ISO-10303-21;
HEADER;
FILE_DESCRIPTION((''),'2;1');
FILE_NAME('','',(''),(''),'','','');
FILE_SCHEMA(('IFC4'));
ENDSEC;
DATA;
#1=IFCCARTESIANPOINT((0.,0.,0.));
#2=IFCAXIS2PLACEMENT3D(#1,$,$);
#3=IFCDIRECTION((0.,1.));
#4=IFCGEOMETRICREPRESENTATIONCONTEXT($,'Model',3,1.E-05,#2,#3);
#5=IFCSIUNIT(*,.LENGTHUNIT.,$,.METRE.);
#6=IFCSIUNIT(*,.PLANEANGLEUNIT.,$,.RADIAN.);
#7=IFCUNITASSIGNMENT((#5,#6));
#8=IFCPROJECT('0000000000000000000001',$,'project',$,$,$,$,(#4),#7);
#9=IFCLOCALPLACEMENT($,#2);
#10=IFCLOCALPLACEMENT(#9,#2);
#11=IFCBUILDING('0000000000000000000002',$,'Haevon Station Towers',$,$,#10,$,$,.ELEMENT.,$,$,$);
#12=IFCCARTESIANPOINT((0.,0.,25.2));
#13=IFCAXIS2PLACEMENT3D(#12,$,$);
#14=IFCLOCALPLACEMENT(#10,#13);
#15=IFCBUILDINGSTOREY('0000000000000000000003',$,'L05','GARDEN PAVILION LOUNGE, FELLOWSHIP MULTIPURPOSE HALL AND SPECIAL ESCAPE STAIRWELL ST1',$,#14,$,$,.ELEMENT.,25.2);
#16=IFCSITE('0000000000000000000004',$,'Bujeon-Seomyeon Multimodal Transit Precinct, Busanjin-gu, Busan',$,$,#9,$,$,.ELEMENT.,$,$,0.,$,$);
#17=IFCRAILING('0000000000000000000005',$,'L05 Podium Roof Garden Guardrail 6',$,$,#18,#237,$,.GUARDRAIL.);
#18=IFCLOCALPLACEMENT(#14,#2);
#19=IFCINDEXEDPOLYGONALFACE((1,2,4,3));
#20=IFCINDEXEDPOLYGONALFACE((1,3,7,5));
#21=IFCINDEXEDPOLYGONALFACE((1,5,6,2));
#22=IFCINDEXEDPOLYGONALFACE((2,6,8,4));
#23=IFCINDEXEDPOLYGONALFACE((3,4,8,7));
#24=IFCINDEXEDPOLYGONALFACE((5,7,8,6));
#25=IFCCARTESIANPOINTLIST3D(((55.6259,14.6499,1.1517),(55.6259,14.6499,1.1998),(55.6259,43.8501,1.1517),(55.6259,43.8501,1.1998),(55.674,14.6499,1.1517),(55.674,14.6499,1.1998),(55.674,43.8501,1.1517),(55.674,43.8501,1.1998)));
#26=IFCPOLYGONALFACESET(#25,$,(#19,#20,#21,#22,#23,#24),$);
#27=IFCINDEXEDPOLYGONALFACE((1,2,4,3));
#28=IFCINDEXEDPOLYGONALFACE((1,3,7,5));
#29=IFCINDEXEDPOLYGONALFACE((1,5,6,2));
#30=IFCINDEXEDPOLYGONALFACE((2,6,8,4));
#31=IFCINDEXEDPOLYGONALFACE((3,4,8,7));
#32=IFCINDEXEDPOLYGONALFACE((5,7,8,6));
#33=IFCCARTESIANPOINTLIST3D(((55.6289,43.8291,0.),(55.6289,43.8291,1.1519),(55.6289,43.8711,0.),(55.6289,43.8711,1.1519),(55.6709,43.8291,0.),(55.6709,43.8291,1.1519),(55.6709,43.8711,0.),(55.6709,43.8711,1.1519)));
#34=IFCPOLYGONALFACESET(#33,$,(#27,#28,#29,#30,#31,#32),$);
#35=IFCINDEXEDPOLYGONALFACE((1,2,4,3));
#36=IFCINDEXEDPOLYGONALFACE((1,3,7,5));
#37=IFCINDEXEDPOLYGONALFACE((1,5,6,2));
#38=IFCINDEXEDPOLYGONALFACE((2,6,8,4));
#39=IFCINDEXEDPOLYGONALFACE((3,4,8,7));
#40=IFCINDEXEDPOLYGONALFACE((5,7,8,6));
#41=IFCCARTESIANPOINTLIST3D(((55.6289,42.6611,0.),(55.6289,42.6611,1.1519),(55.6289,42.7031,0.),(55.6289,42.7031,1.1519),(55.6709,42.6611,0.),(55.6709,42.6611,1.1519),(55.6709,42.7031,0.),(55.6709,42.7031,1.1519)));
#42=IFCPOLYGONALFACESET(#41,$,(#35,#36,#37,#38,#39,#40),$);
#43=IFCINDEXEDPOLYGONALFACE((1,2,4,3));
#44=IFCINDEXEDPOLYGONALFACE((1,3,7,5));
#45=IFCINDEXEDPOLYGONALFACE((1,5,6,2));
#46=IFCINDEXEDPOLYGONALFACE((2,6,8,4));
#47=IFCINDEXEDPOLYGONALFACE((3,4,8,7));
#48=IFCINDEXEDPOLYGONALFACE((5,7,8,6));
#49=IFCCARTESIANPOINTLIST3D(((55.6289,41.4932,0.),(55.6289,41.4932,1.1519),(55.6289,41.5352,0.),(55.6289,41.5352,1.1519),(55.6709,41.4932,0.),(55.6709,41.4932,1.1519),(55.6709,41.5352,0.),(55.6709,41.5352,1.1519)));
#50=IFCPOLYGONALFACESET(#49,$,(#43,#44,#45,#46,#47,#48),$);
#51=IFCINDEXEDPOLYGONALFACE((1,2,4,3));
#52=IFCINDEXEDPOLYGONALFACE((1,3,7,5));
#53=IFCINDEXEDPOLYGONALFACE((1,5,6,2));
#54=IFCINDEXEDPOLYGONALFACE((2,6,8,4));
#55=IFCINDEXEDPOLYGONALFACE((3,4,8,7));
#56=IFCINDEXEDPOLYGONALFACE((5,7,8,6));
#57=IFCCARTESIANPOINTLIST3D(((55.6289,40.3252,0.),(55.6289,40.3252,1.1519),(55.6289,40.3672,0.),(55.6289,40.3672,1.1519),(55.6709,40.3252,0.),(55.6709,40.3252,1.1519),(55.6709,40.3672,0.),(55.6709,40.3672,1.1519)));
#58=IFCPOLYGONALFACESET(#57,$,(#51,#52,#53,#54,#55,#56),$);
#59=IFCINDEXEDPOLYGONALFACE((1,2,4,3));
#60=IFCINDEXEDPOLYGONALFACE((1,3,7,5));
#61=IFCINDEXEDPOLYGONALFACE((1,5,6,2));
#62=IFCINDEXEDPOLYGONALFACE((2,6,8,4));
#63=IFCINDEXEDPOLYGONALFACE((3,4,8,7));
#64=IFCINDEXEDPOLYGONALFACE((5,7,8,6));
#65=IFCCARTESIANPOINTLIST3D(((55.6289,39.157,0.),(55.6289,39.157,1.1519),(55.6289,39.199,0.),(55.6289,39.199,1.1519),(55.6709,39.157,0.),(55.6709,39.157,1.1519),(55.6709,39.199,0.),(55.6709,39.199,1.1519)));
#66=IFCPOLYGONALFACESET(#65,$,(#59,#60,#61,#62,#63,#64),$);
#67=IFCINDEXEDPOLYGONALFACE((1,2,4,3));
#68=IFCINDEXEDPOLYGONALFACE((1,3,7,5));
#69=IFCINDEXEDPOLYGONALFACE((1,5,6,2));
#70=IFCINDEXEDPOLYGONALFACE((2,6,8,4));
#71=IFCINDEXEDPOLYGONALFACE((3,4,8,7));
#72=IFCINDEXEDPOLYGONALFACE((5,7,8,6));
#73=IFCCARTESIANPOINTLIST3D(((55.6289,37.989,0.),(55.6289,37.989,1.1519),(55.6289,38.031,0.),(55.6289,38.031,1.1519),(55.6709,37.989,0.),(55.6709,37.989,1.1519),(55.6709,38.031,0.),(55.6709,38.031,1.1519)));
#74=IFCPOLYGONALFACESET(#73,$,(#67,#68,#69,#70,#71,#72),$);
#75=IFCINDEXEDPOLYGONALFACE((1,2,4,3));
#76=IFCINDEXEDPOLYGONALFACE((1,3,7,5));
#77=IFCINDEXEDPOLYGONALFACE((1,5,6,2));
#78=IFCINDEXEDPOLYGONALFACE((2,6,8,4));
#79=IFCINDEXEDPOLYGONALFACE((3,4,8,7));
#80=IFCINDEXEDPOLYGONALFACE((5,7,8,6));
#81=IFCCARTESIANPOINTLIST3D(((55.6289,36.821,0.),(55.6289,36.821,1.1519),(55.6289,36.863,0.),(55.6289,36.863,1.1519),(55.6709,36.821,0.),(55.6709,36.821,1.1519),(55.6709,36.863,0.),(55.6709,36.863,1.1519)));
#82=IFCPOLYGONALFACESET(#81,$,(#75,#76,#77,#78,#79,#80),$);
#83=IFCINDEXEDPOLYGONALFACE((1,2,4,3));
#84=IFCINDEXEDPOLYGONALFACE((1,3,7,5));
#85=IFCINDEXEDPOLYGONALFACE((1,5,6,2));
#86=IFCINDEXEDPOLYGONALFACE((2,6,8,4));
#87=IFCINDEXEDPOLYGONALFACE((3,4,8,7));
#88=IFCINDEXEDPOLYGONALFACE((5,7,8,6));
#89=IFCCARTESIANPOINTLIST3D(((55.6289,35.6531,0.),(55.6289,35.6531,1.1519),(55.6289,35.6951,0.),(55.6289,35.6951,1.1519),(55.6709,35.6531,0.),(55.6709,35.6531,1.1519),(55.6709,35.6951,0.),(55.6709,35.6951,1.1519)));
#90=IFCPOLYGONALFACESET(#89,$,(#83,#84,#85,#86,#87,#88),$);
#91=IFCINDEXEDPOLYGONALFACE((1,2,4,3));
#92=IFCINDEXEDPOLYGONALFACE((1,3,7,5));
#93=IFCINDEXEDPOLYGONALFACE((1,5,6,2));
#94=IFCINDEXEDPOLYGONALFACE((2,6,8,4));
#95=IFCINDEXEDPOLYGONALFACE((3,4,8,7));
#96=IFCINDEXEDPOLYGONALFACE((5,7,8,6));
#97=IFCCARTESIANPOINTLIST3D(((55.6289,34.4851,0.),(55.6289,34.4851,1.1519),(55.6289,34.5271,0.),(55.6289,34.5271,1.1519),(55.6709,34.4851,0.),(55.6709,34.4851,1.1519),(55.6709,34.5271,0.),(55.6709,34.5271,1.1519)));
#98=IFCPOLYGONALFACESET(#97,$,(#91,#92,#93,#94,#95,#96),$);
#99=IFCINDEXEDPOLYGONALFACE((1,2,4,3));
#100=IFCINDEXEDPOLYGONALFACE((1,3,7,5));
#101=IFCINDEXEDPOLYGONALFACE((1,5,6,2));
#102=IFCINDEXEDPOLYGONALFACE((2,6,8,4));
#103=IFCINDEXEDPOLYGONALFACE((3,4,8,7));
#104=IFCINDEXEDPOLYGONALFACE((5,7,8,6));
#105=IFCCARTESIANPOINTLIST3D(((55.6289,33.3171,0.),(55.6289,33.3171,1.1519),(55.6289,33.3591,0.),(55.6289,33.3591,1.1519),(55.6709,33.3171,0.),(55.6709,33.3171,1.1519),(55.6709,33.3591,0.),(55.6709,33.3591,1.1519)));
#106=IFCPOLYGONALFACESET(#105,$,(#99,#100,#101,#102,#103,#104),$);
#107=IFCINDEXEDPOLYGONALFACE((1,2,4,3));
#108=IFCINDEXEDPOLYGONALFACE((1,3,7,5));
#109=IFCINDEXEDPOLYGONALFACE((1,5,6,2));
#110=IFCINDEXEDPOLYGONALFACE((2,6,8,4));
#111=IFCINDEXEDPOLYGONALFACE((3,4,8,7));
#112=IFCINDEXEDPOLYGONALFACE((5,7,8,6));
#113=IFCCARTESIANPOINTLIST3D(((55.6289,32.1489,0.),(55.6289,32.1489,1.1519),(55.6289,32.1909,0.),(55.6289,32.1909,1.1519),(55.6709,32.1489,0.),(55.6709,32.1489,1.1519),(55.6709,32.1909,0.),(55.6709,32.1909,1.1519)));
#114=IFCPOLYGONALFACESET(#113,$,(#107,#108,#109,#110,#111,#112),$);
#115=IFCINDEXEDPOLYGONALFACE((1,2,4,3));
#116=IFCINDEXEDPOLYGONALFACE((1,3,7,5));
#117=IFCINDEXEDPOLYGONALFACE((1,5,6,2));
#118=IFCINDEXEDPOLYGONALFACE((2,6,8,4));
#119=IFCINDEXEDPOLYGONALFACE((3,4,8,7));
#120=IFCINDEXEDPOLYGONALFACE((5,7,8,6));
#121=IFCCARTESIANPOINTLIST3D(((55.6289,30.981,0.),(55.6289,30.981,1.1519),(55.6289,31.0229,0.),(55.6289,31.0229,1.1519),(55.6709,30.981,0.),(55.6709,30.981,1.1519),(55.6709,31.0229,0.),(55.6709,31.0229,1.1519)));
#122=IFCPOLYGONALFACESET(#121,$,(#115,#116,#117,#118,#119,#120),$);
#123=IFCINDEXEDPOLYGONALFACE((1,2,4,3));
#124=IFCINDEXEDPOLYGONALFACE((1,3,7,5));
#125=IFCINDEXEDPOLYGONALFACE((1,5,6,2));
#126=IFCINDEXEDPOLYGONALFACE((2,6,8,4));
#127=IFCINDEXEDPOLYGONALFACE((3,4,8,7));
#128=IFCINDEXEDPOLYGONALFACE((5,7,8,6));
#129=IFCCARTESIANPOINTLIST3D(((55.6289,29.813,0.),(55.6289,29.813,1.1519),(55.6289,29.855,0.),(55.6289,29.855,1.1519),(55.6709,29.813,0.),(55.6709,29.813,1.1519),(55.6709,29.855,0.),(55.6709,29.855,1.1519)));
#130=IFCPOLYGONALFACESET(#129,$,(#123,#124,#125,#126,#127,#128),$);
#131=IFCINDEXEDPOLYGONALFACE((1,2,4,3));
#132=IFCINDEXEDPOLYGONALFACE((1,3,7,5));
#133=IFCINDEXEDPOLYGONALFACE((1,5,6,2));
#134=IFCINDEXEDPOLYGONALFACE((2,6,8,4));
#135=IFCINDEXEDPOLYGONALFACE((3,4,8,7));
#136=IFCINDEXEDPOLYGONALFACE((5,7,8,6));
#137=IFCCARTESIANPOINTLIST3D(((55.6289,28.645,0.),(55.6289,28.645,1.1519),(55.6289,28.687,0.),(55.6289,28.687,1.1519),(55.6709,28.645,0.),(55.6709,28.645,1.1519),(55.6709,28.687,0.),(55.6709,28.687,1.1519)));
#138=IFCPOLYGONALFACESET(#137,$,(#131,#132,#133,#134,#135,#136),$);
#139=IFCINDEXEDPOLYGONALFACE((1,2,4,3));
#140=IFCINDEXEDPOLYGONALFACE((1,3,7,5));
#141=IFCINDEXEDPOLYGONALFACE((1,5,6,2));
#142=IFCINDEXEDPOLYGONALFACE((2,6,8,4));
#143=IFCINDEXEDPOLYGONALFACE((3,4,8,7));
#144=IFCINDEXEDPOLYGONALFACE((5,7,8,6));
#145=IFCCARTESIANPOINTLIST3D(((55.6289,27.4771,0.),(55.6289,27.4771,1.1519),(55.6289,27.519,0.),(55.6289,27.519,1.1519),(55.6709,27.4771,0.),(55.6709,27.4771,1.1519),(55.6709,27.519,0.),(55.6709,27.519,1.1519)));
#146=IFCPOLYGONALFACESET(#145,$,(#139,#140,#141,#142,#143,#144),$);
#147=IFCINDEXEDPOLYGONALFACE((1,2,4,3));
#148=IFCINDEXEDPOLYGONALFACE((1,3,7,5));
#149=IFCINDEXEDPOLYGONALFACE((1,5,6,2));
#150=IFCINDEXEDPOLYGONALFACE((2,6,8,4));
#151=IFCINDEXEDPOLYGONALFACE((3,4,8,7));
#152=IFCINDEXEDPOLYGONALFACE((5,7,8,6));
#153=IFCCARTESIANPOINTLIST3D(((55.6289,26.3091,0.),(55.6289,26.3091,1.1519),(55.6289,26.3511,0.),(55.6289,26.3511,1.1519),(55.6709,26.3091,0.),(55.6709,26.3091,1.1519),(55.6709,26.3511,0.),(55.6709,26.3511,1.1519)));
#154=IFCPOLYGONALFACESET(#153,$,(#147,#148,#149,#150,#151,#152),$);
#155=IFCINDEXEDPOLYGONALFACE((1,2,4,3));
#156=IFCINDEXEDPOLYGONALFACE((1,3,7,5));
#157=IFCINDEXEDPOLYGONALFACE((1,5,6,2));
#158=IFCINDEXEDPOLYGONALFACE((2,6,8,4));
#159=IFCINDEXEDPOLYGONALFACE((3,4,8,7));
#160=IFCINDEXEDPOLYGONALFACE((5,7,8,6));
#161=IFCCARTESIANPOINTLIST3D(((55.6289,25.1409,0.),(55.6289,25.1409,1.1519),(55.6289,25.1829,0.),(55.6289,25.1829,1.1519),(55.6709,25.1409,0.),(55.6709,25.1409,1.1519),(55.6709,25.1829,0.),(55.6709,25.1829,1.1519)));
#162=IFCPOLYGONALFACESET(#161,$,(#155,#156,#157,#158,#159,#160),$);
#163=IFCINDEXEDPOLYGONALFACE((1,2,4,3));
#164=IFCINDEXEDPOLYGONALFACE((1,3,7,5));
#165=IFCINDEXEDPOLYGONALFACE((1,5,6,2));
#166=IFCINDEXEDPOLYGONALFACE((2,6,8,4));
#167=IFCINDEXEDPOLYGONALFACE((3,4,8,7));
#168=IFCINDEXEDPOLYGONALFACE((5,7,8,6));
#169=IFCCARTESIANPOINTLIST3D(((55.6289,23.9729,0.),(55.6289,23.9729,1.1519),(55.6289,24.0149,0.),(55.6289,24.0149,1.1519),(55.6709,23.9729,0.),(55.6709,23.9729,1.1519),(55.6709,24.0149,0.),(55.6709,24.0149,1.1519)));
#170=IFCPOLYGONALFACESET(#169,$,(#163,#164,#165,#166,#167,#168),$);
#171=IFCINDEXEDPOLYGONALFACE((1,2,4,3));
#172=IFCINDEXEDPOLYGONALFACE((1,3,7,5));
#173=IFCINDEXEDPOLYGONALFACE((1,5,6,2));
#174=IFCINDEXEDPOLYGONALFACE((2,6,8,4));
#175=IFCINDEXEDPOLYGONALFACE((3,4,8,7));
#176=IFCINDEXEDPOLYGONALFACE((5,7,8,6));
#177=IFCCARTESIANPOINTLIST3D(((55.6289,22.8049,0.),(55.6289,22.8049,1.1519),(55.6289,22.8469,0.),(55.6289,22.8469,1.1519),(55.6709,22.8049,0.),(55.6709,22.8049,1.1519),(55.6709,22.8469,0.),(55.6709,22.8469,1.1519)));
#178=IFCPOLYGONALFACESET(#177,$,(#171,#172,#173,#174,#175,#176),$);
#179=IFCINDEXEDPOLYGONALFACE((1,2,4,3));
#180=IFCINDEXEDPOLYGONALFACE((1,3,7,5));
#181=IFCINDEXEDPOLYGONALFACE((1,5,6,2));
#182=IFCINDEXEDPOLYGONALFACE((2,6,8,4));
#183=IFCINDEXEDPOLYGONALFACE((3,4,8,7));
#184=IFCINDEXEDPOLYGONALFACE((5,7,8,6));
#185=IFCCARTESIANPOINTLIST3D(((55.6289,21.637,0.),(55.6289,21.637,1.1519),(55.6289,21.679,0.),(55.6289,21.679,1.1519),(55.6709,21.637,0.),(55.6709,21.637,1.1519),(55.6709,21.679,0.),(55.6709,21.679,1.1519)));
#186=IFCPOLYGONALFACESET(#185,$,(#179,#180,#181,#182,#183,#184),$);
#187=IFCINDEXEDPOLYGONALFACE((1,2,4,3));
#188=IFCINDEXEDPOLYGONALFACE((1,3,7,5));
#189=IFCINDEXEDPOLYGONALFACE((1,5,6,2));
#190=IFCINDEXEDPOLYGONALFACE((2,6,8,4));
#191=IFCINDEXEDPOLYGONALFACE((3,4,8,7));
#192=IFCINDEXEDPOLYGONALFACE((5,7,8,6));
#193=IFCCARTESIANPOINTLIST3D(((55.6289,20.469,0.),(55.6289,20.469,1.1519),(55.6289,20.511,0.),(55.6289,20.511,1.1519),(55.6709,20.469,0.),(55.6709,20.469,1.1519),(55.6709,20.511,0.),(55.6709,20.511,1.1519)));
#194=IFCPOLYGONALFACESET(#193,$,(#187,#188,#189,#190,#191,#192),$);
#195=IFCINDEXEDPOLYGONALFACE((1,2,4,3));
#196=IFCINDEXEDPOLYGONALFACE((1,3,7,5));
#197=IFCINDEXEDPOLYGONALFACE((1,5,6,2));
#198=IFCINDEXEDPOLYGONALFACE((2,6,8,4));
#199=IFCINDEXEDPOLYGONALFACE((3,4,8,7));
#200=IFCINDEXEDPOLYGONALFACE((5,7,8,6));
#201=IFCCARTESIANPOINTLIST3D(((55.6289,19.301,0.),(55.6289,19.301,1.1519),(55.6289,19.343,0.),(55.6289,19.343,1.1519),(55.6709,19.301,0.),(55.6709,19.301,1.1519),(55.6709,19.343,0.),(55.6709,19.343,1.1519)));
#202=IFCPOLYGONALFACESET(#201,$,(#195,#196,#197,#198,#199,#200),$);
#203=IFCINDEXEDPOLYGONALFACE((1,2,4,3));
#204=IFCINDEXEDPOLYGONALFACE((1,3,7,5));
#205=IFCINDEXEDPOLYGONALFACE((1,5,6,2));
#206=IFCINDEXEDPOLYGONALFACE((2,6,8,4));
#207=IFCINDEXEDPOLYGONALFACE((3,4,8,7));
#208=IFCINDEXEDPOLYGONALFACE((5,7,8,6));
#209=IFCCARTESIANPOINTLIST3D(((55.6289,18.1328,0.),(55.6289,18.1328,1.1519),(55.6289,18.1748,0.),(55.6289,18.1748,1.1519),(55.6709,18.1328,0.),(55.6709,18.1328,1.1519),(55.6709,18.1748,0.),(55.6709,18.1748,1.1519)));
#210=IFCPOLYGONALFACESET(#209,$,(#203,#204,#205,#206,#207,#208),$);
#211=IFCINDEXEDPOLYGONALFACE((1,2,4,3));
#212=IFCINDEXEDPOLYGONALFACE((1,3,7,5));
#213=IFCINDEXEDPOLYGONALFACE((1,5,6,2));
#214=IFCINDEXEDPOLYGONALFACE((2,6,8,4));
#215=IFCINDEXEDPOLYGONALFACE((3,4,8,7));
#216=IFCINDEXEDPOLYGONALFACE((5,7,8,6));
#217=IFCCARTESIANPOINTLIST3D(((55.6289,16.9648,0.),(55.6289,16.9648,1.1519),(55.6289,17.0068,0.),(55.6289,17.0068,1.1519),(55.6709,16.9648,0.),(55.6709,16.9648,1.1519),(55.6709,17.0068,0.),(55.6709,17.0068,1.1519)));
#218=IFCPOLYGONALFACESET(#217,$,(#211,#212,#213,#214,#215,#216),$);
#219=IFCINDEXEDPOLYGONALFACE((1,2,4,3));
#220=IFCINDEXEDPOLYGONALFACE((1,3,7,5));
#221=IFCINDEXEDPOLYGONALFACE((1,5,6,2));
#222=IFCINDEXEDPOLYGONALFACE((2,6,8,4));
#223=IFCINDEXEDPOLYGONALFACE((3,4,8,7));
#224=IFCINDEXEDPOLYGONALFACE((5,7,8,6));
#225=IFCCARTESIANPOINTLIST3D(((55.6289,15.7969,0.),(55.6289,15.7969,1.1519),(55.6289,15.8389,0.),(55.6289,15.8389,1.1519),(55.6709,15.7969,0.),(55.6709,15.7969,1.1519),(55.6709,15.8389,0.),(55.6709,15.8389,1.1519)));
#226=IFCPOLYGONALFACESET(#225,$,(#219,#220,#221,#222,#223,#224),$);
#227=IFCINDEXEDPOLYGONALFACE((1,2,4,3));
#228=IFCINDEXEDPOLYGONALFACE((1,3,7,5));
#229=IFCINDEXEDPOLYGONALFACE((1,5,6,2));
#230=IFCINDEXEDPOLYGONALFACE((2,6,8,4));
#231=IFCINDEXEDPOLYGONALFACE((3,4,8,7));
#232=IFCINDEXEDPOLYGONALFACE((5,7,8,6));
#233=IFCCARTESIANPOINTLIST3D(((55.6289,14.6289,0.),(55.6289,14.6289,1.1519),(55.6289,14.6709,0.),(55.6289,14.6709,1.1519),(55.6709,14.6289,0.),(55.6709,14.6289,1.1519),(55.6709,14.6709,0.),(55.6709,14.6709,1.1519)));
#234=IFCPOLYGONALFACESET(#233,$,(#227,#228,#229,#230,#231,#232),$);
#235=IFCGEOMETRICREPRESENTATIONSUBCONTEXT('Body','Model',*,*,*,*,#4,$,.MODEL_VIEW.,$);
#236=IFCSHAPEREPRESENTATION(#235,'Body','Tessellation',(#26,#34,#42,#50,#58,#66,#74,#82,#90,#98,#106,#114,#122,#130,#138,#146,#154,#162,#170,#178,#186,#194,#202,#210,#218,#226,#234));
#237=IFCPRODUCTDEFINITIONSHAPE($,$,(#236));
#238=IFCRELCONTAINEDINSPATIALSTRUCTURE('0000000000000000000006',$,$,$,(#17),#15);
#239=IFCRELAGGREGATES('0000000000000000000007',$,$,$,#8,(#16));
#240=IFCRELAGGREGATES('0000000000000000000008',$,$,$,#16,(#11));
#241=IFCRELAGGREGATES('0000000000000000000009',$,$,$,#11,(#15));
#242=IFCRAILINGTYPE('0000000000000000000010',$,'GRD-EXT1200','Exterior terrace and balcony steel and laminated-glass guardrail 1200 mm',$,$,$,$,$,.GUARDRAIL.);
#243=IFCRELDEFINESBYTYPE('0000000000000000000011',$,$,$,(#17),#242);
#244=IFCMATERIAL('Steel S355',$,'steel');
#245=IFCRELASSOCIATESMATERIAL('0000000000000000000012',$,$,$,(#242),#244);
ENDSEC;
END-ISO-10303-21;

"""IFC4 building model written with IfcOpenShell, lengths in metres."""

from ifc_helpers import new_model, si_unit, direction, frame, origin, origin_2d, place, context, subcontext, project, spatial, rectangle, extrude, material, type_object, element, save


model = new_model("IFC4")

# Units and contexts
model_context = context("Model", 3, precision=1e-05, world=origin(), true_north=direction((0.0, 1.0)))
body_context = subcontext(model_context, "Body", "Model", "MODEL_VIEW")
ifc_project = project(units=[si_unit("LENGTHUNIT", "METRE"), si_unit("PLANEANGLEUNIT", "RADIAN")], contexts=[model_context])

# Site, building, storey
site_placement = place(None, origin())
site = spatial("IfcSite", under=ifc_project, at=site_placement, Name="Bujeon-Seomyeon Multimodal Transit Precinct, Busanjin-gu, Busan", CompositionType="ELEMENT", RefElevation=0.0)
building_placement = place(site_placement, origin())
building = spatial("IfcBuilding", under=site, at=building_placement, Name="Haevon Station Towers", CompositionType="ELEMENT")
storey_placement = place(building_placement, frame((0.0, 0.0, 25.2)))
storey = spatial("IfcBuildingStorey", under=building, at=storey_placement, Name="L05", Description="GARDEN PAVILION LOUNGE, FELLOWSHIP MULTIPURPOSE HALL AND SPECIAL ESCAPE STAIRWELL ST1", CompositionType="ELEMENT", Elevation=25.2)

# Shared definitions
ifc_material_1 = material(Name="Steel S355", Category="steel")

# Railing
railing_type_1 = type_object("IfcRailingType", Name="GRD-EXT1200", Description="Exterior terrace and balcony steel and laminated-glass guardrail 1200 mm", PredefinedType="GUARDRAIL", material=ifc_material_1)
railing_1_placement = place(storey_placement, frame((55.6499, 43.8501, 0.0)))
element("IfcRailing", 1, at=railing_1_placement, inside=storey, type_object=railing_type_1, Name="L05 Podium Roof Garden Guardrail 6", PredefinedType="GUARDRAIL", context=body_context, shape_type="SweptSolid", body=[
    extrude(rectangle(XDim=0.0481, YDim=0.0481, at=origin_2d()), frame((0.0, 0.0, 1.1758), z_axis=(0.0, -1.0, 0.0), x_axis=(1.0, 0.0, 0.0)), (0.0, 0.0, 1.0), 29.2002),
    extrude(rectangle(XDim=0.042, YDim=0.042, at=origin_2d()), origin(), (0.0, 0.0, 1.0), 1.1519),
    extrude(rectangle(XDim=0.042, YDim=0.042, at=origin_2d()), frame((0.0, -1.168, 0.0)), (0.0, 0.0, 1.0), 1.1519),
    extrude(rectangle(XDim=0.042, YDim=0.042, at=origin_2d()), frame((0.0, -2.3359, 0.0)), (0.0, 0.0, 1.0), 1.1519),
    extrude(rectangle(XDim=0.042, YDim=0.042, at=origin_2d()), frame((0.0, -3.5039, 0.0)), (0.0, 0.0, 1.0), 1.1519),
    extrude(rectangle(XDim=0.042, YDim=0.042, at=origin_2d()), frame((0.0, -4.6721, 0.0)), (0.0, 0.0, 1.0), 1.1519),
    extrude(rectangle(XDim=0.042, YDim=0.042, at=origin_2d()), frame((0.0, -5.8401, 0.0)), (0.0, 0.0, 1.0), 1.1519),
    extrude(rectangle(XDim=0.042, YDim=0.042, at=origin_2d()), frame((0.0, -7.0081, 0.0)), (0.0, 0.0, 1.0), 1.1519),
    extrude(rectangle(XDim=0.042, YDim=0.042, at=origin_2d()), frame((0.0, -8.176, 0.0)), (0.0, 0.0, 1.0), 1.1519),
    extrude(rectangle(XDim=0.042, YDim=0.042, at=origin_2d()), frame((0.0, -9.344, 0.0)), (0.0, 0.0, 1.0), 1.1519),
    extrude(rectangle(XDim=0.042, YDim=0.042, at=origin_2d()), frame((0.0, -10.512, 0.0)), (0.0, 0.0, 1.0), 1.1519),
    extrude(rectangle(XDim=0.042, YDim=0.042, at=origin_2d()), frame((0.0, -11.6802, 0.0)), (0.0, 0.0, 1.0), 1.1519),
    extrude(rectangle(XDim=0.042, YDim=0.042, at=origin_2d()), frame((0.0, -12.8481, 0.0)), (0.0, 0.0, 1.0), 1.1519),
    extrude(rectangle(XDim=0.042, YDim=0.042, at=origin_2d()), frame((0.0, -14.0161, 0.0)), (0.0, 0.0, 1.0), 1.1519),
    extrude(rectangle(XDim=0.042, YDim=0.042, at=origin_2d()), frame((0.0, -15.1841, 0.0)), (0.0, 0.0, 1.0), 1.1519),
    extrude(rectangle(XDim=0.042, YDim=0.042, at=origin_2d()), frame((0.0, -16.3521, 0.0)), (0.0, 0.0, 1.0), 1.1519),
    extrude(rectangle(XDim=0.042, YDim=0.042, at=origin_2d()), frame((0.0, -17.52, 0.0)), (0.0, 0.0, 1.0), 1.1519),
    extrude(rectangle(XDim=0.042, YDim=0.042, at=origin_2d()), frame((0.0, -18.6882, 0.0)), (0.0, 0.0, 1.0), 1.1519),
    extrude(rectangle(XDim=0.042, YDim=0.042, at=origin_2d()), frame((0.0, -19.8562, 0.0)), (0.0, 0.0, 1.0), 1.1519),
    extrude(rectangle(XDim=0.042, YDim=0.042, at=origin_2d()), frame((0.0, -21.0242, 0.0)), (0.0, 0.0, 1.0), 1.1519),
    extrude(rectangle(XDim=0.042, YDim=0.042, at=origin_2d()), frame((0.0, -22.1921, 0.0)), (0.0, 0.0, 1.0), 1.1519),
    extrude(rectangle(XDim=0.042, YDim=0.042, at=origin_2d()), frame((0.0, -23.3601, 0.0)), (0.0, 0.0, 1.0), 1.1519),
    extrude(rectangle(XDim=0.042, YDim=0.042, at=origin_2d()), frame((0.0, -24.5281, 0.0)), (0.0, 0.0, 1.0), 1.1519),
    extrude(rectangle(XDim=0.042, YDim=0.042, at=origin_2d()), frame((0.0, -25.6963, 0.0)), (0.0, 0.0, 1.0), 1.1519),
    extrude(rectangle(XDim=0.042, YDim=0.042, at=origin_2d()), frame((0.0, -26.8643, 0.0)), (0.0, 0.0, 1.0), 1.1519),
    extrude(rectangle(XDim=0.042, YDim=0.042, at=origin_2d()), frame((0.0, -28.0322, 0.0)), (0.0, 0.0, 1.0), 1.1519),
    extrude(rectangle(XDim=0.042, YDim=0.042, at=origin_2d()), frame((0.0, -29.2002, 0.0)), (0.0, 0.0, 1.0), 1.1519),
])

save(model, "model.ifc")
